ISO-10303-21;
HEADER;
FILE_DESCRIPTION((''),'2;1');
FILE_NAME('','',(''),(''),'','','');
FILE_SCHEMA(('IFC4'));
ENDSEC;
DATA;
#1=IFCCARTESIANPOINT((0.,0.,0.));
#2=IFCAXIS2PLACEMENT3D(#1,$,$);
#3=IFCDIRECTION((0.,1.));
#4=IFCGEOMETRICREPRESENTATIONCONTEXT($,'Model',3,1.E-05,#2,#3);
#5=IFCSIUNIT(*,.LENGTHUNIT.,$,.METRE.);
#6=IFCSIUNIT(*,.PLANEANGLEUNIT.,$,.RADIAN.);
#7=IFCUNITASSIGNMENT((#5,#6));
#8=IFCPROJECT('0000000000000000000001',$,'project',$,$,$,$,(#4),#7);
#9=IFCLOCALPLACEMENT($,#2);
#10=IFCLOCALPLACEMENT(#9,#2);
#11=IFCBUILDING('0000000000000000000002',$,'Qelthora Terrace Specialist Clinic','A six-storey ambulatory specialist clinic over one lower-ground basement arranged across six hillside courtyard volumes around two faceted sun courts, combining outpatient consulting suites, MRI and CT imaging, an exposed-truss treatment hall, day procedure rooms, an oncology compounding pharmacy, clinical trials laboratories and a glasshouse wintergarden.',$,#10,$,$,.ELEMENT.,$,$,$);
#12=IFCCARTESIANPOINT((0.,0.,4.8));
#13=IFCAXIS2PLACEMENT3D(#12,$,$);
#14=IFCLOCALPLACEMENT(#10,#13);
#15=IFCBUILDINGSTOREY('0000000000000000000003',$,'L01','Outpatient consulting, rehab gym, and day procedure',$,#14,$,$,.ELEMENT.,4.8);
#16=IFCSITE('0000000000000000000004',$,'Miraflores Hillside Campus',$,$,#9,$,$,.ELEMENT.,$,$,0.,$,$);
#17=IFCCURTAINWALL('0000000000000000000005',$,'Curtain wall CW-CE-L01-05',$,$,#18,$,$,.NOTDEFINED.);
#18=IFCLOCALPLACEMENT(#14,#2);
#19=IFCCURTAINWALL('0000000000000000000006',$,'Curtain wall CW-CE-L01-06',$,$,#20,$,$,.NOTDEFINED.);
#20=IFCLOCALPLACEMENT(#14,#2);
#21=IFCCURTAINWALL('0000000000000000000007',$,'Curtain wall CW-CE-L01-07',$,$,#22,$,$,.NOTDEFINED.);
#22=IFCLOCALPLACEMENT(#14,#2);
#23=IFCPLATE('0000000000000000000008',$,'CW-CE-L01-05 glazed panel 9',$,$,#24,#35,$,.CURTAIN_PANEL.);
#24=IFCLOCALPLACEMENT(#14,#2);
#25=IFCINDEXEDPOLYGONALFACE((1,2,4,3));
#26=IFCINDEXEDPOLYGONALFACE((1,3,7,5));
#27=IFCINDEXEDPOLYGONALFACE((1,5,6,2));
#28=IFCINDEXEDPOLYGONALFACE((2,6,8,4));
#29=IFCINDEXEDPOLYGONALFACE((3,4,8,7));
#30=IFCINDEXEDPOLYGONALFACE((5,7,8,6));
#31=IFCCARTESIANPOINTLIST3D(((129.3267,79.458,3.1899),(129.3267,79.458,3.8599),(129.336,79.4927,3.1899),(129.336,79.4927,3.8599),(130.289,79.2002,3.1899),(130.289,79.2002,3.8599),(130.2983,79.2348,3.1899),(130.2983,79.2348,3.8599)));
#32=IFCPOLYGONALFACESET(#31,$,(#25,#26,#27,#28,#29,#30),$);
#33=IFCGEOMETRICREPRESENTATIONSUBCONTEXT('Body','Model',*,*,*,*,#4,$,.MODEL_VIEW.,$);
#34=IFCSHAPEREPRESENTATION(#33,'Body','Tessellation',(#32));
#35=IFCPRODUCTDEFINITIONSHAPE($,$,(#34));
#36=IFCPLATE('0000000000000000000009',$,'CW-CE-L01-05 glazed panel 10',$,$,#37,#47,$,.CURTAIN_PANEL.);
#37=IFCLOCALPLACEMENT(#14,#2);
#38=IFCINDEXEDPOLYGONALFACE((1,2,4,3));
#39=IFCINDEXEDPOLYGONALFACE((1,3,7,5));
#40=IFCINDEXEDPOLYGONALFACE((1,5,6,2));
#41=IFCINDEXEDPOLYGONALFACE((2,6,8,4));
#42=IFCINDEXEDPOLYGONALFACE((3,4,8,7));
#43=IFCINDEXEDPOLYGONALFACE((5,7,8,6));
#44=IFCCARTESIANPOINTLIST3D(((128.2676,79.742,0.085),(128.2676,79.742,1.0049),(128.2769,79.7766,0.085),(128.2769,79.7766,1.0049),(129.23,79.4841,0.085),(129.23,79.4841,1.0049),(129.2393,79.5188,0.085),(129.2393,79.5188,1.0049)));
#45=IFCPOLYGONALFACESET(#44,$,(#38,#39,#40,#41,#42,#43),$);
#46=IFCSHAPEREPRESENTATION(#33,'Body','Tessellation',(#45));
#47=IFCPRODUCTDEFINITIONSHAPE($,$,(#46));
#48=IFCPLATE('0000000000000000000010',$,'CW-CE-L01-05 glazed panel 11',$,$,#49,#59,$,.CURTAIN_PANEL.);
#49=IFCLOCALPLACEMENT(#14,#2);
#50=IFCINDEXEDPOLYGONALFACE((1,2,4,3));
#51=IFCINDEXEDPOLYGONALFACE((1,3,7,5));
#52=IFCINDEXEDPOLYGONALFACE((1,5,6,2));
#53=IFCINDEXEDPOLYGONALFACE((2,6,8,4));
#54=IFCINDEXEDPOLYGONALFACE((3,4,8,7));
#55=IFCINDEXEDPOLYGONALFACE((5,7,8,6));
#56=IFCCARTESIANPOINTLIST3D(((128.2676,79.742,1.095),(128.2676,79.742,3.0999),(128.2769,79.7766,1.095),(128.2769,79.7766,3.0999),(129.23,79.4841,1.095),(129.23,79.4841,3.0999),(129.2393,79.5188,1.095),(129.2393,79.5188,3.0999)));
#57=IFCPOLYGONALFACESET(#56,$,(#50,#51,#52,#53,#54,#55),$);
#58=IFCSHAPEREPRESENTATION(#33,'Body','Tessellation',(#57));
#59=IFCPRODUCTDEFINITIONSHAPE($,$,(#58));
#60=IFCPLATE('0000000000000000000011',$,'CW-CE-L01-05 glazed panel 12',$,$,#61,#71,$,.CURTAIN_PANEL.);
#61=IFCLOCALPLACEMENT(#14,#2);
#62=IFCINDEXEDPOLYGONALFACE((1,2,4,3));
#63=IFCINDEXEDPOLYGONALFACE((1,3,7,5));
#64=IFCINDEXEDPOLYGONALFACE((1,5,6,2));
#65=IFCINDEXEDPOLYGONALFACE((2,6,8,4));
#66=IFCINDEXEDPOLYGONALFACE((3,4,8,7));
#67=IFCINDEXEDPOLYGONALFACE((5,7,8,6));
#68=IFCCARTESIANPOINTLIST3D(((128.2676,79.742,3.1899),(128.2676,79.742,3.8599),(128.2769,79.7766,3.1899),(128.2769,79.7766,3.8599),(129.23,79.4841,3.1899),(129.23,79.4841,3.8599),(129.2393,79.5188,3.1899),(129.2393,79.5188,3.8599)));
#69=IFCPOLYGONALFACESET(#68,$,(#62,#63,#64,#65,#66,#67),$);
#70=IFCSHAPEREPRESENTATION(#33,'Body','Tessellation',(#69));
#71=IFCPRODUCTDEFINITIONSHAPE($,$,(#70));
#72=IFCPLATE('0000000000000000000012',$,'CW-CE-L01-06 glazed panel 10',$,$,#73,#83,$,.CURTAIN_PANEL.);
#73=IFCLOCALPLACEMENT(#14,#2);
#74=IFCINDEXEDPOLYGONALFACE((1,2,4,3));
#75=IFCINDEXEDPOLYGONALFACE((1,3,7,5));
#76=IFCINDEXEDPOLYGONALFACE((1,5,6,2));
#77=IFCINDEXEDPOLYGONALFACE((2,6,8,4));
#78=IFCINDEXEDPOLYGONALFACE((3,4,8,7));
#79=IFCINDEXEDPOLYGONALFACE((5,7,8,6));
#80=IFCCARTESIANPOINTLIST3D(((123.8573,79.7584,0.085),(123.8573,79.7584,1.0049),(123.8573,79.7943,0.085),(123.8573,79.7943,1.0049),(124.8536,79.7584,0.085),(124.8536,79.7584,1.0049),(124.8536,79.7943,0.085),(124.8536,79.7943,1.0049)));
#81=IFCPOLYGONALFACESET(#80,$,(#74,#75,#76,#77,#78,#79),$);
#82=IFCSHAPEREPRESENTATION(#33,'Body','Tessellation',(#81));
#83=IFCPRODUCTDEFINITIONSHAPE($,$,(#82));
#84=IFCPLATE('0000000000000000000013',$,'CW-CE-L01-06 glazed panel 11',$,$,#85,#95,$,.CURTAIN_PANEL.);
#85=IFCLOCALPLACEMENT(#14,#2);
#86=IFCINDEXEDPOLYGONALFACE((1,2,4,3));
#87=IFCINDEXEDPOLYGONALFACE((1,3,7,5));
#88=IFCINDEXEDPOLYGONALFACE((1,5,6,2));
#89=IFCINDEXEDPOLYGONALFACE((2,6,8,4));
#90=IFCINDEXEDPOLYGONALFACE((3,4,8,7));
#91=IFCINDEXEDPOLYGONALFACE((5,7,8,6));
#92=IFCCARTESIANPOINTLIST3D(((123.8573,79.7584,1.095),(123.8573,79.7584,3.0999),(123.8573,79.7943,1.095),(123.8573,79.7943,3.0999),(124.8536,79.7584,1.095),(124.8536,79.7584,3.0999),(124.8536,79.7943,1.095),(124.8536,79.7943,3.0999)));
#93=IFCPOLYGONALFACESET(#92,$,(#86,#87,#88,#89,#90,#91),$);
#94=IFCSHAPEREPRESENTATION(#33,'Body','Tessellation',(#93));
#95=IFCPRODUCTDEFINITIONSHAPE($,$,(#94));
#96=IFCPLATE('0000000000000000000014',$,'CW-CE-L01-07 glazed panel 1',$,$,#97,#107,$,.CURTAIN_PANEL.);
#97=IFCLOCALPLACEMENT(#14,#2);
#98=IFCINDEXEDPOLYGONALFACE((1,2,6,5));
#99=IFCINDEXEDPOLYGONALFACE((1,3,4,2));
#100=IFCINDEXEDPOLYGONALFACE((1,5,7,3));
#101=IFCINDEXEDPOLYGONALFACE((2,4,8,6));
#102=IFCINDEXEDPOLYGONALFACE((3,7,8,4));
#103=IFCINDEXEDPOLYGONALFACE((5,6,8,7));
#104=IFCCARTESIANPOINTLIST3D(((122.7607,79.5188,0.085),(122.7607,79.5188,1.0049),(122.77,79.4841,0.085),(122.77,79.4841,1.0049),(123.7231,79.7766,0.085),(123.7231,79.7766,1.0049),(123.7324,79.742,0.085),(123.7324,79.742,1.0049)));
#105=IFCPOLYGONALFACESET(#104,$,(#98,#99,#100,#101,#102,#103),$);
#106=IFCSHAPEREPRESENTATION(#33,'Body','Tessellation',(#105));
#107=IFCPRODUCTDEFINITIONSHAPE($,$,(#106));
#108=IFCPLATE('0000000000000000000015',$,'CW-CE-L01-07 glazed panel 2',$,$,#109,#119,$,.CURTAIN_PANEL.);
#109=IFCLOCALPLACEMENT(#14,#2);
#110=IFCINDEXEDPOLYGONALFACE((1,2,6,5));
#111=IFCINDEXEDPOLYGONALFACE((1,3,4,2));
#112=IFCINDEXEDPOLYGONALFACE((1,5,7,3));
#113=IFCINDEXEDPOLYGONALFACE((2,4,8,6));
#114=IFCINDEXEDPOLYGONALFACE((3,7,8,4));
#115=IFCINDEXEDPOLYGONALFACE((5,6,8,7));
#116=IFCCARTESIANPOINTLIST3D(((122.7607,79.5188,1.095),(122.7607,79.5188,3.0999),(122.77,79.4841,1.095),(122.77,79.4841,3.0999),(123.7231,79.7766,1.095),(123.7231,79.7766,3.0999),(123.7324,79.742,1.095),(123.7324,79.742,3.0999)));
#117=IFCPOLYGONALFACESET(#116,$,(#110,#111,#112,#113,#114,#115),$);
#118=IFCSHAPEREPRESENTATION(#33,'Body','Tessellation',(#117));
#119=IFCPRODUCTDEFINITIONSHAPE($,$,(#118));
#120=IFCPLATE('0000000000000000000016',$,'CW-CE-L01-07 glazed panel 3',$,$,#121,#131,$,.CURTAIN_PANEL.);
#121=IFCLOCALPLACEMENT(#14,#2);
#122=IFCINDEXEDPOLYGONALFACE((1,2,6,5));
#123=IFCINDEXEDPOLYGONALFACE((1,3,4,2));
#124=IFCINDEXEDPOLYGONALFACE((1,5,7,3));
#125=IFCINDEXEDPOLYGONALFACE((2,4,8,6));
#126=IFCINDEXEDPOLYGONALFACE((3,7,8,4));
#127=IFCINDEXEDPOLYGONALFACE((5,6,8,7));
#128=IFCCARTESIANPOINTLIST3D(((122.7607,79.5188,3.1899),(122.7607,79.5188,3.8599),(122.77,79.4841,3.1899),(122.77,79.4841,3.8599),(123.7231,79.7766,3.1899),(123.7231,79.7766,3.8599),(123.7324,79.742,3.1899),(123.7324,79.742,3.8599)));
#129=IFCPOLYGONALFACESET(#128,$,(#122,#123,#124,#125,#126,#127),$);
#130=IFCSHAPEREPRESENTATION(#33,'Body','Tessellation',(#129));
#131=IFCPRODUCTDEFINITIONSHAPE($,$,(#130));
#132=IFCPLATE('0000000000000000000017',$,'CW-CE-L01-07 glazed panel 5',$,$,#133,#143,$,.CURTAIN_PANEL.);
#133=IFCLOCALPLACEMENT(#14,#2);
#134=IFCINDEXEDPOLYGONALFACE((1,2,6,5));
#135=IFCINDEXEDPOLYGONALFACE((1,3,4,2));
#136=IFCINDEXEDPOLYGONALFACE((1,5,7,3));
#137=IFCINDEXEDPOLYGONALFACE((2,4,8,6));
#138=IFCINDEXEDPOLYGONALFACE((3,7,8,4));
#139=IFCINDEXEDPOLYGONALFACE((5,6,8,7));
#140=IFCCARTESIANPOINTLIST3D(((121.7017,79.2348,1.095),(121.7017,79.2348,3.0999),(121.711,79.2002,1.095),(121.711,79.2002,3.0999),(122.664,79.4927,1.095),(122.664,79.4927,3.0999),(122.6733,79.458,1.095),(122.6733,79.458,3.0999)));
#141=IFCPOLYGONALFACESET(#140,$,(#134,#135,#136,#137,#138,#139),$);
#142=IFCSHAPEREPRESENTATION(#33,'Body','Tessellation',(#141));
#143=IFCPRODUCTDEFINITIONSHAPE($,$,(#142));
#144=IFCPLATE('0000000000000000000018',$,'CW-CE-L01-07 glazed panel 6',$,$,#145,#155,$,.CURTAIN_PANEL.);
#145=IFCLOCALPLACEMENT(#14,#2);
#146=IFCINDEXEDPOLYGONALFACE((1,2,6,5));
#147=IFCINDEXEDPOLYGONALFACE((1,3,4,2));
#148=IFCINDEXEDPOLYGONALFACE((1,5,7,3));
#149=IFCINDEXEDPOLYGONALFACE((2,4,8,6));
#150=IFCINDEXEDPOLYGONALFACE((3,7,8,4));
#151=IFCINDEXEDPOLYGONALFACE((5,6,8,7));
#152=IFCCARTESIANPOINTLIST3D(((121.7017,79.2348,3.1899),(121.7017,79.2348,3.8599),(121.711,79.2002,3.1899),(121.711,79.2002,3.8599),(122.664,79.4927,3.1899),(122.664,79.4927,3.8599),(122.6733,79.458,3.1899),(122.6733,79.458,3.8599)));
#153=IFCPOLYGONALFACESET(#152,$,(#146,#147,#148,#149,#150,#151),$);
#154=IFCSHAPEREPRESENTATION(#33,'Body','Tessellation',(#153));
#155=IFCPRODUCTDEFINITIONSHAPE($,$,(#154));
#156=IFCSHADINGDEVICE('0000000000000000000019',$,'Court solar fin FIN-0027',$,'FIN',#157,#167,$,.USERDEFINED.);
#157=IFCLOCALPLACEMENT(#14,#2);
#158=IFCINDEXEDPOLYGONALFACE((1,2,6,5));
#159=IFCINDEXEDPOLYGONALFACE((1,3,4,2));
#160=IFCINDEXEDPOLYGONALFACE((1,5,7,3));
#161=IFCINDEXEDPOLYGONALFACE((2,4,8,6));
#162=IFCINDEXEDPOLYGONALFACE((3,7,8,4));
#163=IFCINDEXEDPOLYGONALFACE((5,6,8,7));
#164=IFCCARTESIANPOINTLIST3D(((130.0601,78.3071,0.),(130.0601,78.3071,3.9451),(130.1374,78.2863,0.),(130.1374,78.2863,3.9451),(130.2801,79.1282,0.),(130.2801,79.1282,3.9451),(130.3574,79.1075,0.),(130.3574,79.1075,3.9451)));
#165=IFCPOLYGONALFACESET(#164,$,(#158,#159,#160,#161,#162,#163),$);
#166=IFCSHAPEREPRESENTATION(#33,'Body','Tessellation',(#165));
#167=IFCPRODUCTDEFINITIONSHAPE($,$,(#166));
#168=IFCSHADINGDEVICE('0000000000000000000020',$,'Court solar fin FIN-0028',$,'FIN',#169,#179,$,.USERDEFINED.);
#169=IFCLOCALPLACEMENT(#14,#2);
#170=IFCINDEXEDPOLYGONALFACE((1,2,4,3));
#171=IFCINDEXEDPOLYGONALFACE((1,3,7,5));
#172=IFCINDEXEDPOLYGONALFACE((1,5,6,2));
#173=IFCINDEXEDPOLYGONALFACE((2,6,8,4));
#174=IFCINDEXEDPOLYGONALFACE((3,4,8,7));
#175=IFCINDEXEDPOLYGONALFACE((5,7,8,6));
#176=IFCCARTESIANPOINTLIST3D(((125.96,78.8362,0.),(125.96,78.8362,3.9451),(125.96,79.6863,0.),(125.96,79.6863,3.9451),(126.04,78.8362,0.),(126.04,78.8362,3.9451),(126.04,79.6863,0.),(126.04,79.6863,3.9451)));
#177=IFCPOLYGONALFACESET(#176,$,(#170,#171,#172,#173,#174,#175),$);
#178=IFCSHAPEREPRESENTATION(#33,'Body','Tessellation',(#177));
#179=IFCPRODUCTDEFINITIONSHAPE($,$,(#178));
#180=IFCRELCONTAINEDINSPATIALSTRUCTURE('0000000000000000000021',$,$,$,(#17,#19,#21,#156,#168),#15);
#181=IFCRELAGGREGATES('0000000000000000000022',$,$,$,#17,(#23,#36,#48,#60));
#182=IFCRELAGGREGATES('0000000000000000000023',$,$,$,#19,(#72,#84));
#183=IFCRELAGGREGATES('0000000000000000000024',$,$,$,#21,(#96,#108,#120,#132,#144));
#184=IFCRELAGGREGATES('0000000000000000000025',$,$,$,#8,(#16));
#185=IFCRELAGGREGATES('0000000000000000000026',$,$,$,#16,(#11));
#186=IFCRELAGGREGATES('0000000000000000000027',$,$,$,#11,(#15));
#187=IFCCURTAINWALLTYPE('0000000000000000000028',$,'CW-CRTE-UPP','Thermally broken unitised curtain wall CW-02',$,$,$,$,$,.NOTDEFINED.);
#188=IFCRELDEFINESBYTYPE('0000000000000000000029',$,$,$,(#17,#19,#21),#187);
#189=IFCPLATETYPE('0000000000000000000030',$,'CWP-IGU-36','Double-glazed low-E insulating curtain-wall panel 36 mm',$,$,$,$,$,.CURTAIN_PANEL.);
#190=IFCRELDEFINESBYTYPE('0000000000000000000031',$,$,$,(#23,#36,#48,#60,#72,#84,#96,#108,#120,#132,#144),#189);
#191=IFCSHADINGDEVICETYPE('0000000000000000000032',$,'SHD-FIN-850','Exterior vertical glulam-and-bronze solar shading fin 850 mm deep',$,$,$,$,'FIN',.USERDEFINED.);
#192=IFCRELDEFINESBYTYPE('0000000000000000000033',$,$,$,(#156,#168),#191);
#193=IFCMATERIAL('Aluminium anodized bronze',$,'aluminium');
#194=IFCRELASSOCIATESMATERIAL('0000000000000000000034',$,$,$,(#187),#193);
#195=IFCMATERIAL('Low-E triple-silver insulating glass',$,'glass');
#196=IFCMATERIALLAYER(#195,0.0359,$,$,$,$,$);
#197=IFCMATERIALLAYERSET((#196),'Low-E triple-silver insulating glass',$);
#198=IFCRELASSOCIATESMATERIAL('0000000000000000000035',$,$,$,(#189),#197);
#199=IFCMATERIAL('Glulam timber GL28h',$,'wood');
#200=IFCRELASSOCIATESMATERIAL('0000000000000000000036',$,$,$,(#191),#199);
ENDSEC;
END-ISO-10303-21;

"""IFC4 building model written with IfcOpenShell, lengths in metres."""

from ifc_helpers import new_model, si_unit, direction, frame, origin, origin_2d, place, context, subcontext, project, spatial, rectangle, extrude, material, layer, layer_set, type_object, element, aggregate, save


model = new_model("IFC4")

# Units and contexts
model_context = context("Model", 3, precision=1e-05, world=origin(), true_north=direction((0.0, 1.0)))
body_context = subcontext(model_context, "Body", "Model", "MODEL_VIEW")
ifc_project = project(units=[si_unit("LENGTHUNIT", "METRE"), si_unit("PLANEANGLEUNIT", "RADIAN")], contexts=[model_context])

# Site, building, storey
site_placement = place(None, origin())
site = spatial("IfcSite", under=ifc_project, at=site_placement, Name="Miraflores Hillside Campus", CompositionType="ELEMENT", RefElevation=0.0)
building_placement = place(site_placement, origin())
building = spatial("IfcBuilding", under=site, at=building_placement, Name="Qelthora Terrace Specialist Clinic", Description="A six-storey ambulatory specialist clinic over one lower-ground basement arranged across six hillside courtyard volumes around two faceted sun courts, combining outpatient consulting suites, MRI and CT imaging, an exposed-truss treatment hall, day procedure rooms, an oncology compounding pharmacy, clinical trials laboratories and a glasshouse wintergarden.", CompositionType="ELEMENT")
storey_placement = place(building_placement, frame((0.0, 0.0, 4.8)))
storey = spatial("IfcBuildingStorey", under=building, at=storey_placement, Name="L01", Description="Outpatient consulting, rehab gym, and day procedure", CompositionType="ELEMENT", Elevation=4.8)

# Curtain wall
ifc_material_1 = material(Name="Aluminium anodized bronze", Category="aluminium")
curtain_wall_type = type_object("IfcCurtainWallType", Name="CW-CRTE-UPP", Description="Thermally broken unitised curtain wall CW-02", PredefinedType="NOTDEFINED", material=ifc_material_1)
curtain_wall_1_placement = place(storey_placement, origin())
curtain_wall_1 = element("IfcCurtainWall", 1, at=curtain_wall_1_placement, inside=storey, type_object=curtain_wall_type, Name="Curtain wall CW-CE-L01-05", PredefinedType="NOTDEFINED")

# Curtain wall
curtain_wall_2_placement = place(storey_placement, origin())
curtain_wall_2 = element("IfcCurtainWall", 2, at=curtain_wall_2_placement, inside=storey, type_object=curtain_wall_type, Name="Curtain wall CW-CE-L01-06", PredefinedType="NOTDEFINED")

# Curtain wall
curtain_wall_3_placement = place(storey_placement, origin())
curtain_wall_3 = element("IfcCurtainWall", 3, at=curtain_wall_3_placement, inside=storey, type_object=curtain_wall_type, Name="Curtain wall CW-CE-L01-07", PredefinedType="NOTDEFINED")

# Plates
ifc_material_2 = material(Name="Low-E triple-silver insulating glass", Category="glass")
ifc_layer = layer(ifc_material_2, 0.0359)
ifc_layer_set = layer_set([ifc_layer], Name="Low-E triple-silver insulating glass")
plate_type = type_object("IfcPlateType", Name="CWP-IGU-36", Description="Double-glazed low-E insulating curtain-wall panel 36 mm", PredefinedType="CURTAIN_PANEL", material=ifc_layer_set)
plate_1_placement = place(storey_placement, frame((129.8125, 79.3464, 3.1899), z_axis=(0.0, 0.0, 1.0), x_axis=(-0.965926, 0.258819, 0.0)))
plate_1 = element("IfcPlate", 4, at=plate_1_placement, type_object=plate_type, Name="CW-CE-L01-05 glazed panel 9", PredefinedType="CURTAIN_PANEL", context=body_context, shape_type="SweptSolid", body=[
    extrude(rectangle(XDim=0.9963, YDim=0.0359, at=origin_2d()), origin(), (0.0, 0.0, 1.0), 0.6699),
])
plate_2_placement = place(storey_placement, frame((128.7534, 79.6304, 0.085), z_axis=(0.0, 0.0, 1.0), x_axis=(-0.965926, 0.258819, 0.0)))
plate_2 = element("IfcPlate", 5, at=plate_2_placement, type_object=plate_type, Name="CW-CE-L01-05 glazed panel 10", PredefinedType="CURTAIN_PANEL", context=body_context, shape_type="SweptSolid", body=[
    extrude(rectangle(XDim=0.9963, YDim=0.0359, at=origin_2d()), origin(), (0.0, 0.0, 1.0), 0.9199),
])
plate_3_placement = place(storey_placement, frame((128.7534, 79.6304, 1.095), z_axis=(0.0, 0.0, 1.0), x_axis=(-0.965926, 0.258819, 0.0)))
plate_3 = element("IfcPlate", 6, at=plate_3_placement, type_object=plate_type, Name="CW-CE-L01-05 glazed panel 11", PredefinedType="CURTAIN_PANEL", context=body_context, shape_type="SweptSolid", body=[
    extrude(rectangle(XDim=0.9963, YDim=0.0359, at=origin_2d()), origin(), (0.0, 0.0, 1.0), 2.0049),
])
plate_4_placement = place(storey_placement, frame((128.7534, 79.6304, 3.1899), z_axis=(0.0, 0.0, 1.0), x_axis=(-0.965926, 0.258819, 0.0)))
plate_4 = element("IfcPlate", 7, at=plate_4_placement, type_object=plate_type, Name="CW-CE-L01-05 glazed panel 12", PredefinedType="CURTAIN_PANEL", context=body_context, shape_type="SweptSolid", body=[
    extrude(rectangle(XDim=0.9963, YDim=0.0359, at=origin_2d()), origin(), (0.0, 0.0, 1.0), 0.6699),
])
aggregate(curtain_wall_1, [plate_1, plate_2, plate_3, plate_4])
plate_5_placement = place(storey_placement, frame((124.3555, 79.7764, 0.085), z_axis=(0.0, 0.0, 1.0), x_axis=(-1.0, 0.0, 0.0)))
plate_5 = element("IfcPlate", 8, at=plate_5_placement, type_object=plate_type, Name="CW-CE-L01-06 glazed panel 10", PredefinedType="CURTAIN_PANEL", context=body_context, shape_type="SweptSolid", body=[
    extrude(rectangle(XDim=0.9963, YDim=0.0359, at=origin_2d()), origin(), (0.0, 0.0, 1.0), 0.9199),
])
plate_6_placement = place(storey_placement, frame((124.3555, 79.7764, 1.095), z_axis=(0.0, 0.0, 1.0), x_axis=(-1.0, 0.0, 0.0)))
plate_6 = element("IfcPlate", 9, at=plate_6_placement, type_object=plate_type, Name="CW-CE-L01-06 glazed panel 11", PredefinedType="CURTAIN_PANEL", context=body_context, shape_type="SweptSolid", body=[
    extrude(rectangle(XDim=0.9963, YDim=0.0359, at=origin_2d()), origin(), (0.0, 0.0, 1.0), 2.0049),
])
aggregate(curtain_wall_2, [plate_5, plate_6])
plate_7_placement = place(storey_placement, frame((123.2466, 79.6304, 0.085), z_axis=(0.0, 0.0, 1.0), x_axis=(-0.965926, -0.258819, 0.0)))
plate_7 = element("IfcPlate", 10, at=plate_7_placement, type_object=plate_type, Name="CW-CE-L01-07 glazed panel 1", PredefinedType="CURTAIN_PANEL", context=body_context, shape_type="SweptSolid", body=[
    extrude(rectangle(XDim=0.9963, YDim=0.0359, at=origin_2d()), origin(), (0.0, 0.0, 1.0), 0.9199),
])
plate_8_placement = place(storey_placement, frame((123.2466, 79.6304, 1.095), z_axis=(0.0, 0.0, 1.0), x_axis=(-0.965926, -0.258819, 0.0)))
plate_8 = element("IfcPlate", 11, at=plate_8_placement, type_object=plate_type, Name="CW-CE-L01-07 glazed panel 2", PredefinedType="CURTAIN_PANEL", context=body_context, shape_type="SweptSolid", body=[
    extrude(rectangle(XDim=0.9963, YDim=0.0359, at=origin_2d()), origin(), (0.0, 0.0, 1.0), 2.0049),
])
plate_9_placement = place(storey_placement, frame((123.2466, 79.6304, 3.1899), z_axis=(0.0, 0.0, 1.0), x_axis=(-0.965926, -0.258819, 0.0)))
plate_9 = element("IfcPlate", 12, at=plate_9_placement, type_object=plate_type, Name="CW-CE-L01-07 glazed panel 3", PredefinedType="CURTAIN_PANEL", context=body_context, shape_type="SweptSolid", body=[
    extrude(rectangle(XDim=0.9963, YDim=0.0359, at=origin_2d()), origin(), (0.0, 0.0, 1.0), 0.6699),
])
plate_10_placement = place(storey_placement, frame((122.1875, 79.3464, 1.095), z_axis=(0.0, 0.0, 1.0), x_axis=(-0.965926, -0.258819, 0.0)))
plate_10 = element("IfcPlate", 13, at=plate_10_placement, type_object=plate_type, Name="CW-CE-L01-07 glazed panel 5", PredefinedType="CURTAIN_PANEL", context=body_context, shape_type="SweptSolid", body=[
    extrude(rectangle(XDim=0.9963, YDim=0.0359, at=origin_2d()), origin(), (0.0, 0.0, 1.0), 2.0049),
])
plate_11_placement = place(storey_placement, frame((122.1875, 79.3464, 3.1899), z_axis=(0.0, 0.0, 1.0), x_axis=(-0.965926, -0.258819, 0.0)))
plate_11 = element("IfcPlate", 14, at=plate_11_placement, type_object=plate_type, Name="CW-CE-L01-07 glazed panel 6", PredefinedType="CURTAIN_PANEL", context=body_context, shape_type="SweptSolid", body=[
    extrude(rectangle(XDim=0.9963, YDim=0.0359, at=origin_2d()), origin(), (0.0, 0.0, 1.0), 0.6699),
])
aggregate(curtain_wall_3, [plate_7, plate_8, plate_9, plate_10, plate_11])

# Shading devices
ifc_material_3 = material(Name="Glulam timber GL28h", Category="wood")
shading_device_type = type_object("IfcShadingDeviceType", Name="SHD-FIN-850", Description="Exterior vertical glulam-and-bronze solar shading fin 850 mm deep", ElementType="FIN", PredefinedType="USERDEFINED", material=ifc_material_3)
for number, where, z_axis, x_axis, name in (
    (15, (130.2087, 78.7073, 0.0), (0.0, 0.0, 1.0), (-0.258819, -0.965926, 0.0), "Court solar fin FIN-0027"),
    (16, (126.0, 79.2612, 0.0), (0.0, 0.0, 1.0), (0.0, -1.0, 0.0), "Court solar fin FIN-0028"),
):
    element("IfcShadingDevice", number, at=place(storey_placement, frame(where, z_axis=z_axis, x_axis=x_axis)), inside=storey, type_object=shading_device_type, Name=name, ObjectType="FIN", PredefinedType="USERDEFINED", context=body_context, shape_type="SweptSolid", body=[
        extrude(rectangle(XDim=0.8501, YDim=0.0801, at=origin_2d()), origin(), (0.0, 0.0, 1.0), 3.9451),
    ])

save(model, "model.ifc")
